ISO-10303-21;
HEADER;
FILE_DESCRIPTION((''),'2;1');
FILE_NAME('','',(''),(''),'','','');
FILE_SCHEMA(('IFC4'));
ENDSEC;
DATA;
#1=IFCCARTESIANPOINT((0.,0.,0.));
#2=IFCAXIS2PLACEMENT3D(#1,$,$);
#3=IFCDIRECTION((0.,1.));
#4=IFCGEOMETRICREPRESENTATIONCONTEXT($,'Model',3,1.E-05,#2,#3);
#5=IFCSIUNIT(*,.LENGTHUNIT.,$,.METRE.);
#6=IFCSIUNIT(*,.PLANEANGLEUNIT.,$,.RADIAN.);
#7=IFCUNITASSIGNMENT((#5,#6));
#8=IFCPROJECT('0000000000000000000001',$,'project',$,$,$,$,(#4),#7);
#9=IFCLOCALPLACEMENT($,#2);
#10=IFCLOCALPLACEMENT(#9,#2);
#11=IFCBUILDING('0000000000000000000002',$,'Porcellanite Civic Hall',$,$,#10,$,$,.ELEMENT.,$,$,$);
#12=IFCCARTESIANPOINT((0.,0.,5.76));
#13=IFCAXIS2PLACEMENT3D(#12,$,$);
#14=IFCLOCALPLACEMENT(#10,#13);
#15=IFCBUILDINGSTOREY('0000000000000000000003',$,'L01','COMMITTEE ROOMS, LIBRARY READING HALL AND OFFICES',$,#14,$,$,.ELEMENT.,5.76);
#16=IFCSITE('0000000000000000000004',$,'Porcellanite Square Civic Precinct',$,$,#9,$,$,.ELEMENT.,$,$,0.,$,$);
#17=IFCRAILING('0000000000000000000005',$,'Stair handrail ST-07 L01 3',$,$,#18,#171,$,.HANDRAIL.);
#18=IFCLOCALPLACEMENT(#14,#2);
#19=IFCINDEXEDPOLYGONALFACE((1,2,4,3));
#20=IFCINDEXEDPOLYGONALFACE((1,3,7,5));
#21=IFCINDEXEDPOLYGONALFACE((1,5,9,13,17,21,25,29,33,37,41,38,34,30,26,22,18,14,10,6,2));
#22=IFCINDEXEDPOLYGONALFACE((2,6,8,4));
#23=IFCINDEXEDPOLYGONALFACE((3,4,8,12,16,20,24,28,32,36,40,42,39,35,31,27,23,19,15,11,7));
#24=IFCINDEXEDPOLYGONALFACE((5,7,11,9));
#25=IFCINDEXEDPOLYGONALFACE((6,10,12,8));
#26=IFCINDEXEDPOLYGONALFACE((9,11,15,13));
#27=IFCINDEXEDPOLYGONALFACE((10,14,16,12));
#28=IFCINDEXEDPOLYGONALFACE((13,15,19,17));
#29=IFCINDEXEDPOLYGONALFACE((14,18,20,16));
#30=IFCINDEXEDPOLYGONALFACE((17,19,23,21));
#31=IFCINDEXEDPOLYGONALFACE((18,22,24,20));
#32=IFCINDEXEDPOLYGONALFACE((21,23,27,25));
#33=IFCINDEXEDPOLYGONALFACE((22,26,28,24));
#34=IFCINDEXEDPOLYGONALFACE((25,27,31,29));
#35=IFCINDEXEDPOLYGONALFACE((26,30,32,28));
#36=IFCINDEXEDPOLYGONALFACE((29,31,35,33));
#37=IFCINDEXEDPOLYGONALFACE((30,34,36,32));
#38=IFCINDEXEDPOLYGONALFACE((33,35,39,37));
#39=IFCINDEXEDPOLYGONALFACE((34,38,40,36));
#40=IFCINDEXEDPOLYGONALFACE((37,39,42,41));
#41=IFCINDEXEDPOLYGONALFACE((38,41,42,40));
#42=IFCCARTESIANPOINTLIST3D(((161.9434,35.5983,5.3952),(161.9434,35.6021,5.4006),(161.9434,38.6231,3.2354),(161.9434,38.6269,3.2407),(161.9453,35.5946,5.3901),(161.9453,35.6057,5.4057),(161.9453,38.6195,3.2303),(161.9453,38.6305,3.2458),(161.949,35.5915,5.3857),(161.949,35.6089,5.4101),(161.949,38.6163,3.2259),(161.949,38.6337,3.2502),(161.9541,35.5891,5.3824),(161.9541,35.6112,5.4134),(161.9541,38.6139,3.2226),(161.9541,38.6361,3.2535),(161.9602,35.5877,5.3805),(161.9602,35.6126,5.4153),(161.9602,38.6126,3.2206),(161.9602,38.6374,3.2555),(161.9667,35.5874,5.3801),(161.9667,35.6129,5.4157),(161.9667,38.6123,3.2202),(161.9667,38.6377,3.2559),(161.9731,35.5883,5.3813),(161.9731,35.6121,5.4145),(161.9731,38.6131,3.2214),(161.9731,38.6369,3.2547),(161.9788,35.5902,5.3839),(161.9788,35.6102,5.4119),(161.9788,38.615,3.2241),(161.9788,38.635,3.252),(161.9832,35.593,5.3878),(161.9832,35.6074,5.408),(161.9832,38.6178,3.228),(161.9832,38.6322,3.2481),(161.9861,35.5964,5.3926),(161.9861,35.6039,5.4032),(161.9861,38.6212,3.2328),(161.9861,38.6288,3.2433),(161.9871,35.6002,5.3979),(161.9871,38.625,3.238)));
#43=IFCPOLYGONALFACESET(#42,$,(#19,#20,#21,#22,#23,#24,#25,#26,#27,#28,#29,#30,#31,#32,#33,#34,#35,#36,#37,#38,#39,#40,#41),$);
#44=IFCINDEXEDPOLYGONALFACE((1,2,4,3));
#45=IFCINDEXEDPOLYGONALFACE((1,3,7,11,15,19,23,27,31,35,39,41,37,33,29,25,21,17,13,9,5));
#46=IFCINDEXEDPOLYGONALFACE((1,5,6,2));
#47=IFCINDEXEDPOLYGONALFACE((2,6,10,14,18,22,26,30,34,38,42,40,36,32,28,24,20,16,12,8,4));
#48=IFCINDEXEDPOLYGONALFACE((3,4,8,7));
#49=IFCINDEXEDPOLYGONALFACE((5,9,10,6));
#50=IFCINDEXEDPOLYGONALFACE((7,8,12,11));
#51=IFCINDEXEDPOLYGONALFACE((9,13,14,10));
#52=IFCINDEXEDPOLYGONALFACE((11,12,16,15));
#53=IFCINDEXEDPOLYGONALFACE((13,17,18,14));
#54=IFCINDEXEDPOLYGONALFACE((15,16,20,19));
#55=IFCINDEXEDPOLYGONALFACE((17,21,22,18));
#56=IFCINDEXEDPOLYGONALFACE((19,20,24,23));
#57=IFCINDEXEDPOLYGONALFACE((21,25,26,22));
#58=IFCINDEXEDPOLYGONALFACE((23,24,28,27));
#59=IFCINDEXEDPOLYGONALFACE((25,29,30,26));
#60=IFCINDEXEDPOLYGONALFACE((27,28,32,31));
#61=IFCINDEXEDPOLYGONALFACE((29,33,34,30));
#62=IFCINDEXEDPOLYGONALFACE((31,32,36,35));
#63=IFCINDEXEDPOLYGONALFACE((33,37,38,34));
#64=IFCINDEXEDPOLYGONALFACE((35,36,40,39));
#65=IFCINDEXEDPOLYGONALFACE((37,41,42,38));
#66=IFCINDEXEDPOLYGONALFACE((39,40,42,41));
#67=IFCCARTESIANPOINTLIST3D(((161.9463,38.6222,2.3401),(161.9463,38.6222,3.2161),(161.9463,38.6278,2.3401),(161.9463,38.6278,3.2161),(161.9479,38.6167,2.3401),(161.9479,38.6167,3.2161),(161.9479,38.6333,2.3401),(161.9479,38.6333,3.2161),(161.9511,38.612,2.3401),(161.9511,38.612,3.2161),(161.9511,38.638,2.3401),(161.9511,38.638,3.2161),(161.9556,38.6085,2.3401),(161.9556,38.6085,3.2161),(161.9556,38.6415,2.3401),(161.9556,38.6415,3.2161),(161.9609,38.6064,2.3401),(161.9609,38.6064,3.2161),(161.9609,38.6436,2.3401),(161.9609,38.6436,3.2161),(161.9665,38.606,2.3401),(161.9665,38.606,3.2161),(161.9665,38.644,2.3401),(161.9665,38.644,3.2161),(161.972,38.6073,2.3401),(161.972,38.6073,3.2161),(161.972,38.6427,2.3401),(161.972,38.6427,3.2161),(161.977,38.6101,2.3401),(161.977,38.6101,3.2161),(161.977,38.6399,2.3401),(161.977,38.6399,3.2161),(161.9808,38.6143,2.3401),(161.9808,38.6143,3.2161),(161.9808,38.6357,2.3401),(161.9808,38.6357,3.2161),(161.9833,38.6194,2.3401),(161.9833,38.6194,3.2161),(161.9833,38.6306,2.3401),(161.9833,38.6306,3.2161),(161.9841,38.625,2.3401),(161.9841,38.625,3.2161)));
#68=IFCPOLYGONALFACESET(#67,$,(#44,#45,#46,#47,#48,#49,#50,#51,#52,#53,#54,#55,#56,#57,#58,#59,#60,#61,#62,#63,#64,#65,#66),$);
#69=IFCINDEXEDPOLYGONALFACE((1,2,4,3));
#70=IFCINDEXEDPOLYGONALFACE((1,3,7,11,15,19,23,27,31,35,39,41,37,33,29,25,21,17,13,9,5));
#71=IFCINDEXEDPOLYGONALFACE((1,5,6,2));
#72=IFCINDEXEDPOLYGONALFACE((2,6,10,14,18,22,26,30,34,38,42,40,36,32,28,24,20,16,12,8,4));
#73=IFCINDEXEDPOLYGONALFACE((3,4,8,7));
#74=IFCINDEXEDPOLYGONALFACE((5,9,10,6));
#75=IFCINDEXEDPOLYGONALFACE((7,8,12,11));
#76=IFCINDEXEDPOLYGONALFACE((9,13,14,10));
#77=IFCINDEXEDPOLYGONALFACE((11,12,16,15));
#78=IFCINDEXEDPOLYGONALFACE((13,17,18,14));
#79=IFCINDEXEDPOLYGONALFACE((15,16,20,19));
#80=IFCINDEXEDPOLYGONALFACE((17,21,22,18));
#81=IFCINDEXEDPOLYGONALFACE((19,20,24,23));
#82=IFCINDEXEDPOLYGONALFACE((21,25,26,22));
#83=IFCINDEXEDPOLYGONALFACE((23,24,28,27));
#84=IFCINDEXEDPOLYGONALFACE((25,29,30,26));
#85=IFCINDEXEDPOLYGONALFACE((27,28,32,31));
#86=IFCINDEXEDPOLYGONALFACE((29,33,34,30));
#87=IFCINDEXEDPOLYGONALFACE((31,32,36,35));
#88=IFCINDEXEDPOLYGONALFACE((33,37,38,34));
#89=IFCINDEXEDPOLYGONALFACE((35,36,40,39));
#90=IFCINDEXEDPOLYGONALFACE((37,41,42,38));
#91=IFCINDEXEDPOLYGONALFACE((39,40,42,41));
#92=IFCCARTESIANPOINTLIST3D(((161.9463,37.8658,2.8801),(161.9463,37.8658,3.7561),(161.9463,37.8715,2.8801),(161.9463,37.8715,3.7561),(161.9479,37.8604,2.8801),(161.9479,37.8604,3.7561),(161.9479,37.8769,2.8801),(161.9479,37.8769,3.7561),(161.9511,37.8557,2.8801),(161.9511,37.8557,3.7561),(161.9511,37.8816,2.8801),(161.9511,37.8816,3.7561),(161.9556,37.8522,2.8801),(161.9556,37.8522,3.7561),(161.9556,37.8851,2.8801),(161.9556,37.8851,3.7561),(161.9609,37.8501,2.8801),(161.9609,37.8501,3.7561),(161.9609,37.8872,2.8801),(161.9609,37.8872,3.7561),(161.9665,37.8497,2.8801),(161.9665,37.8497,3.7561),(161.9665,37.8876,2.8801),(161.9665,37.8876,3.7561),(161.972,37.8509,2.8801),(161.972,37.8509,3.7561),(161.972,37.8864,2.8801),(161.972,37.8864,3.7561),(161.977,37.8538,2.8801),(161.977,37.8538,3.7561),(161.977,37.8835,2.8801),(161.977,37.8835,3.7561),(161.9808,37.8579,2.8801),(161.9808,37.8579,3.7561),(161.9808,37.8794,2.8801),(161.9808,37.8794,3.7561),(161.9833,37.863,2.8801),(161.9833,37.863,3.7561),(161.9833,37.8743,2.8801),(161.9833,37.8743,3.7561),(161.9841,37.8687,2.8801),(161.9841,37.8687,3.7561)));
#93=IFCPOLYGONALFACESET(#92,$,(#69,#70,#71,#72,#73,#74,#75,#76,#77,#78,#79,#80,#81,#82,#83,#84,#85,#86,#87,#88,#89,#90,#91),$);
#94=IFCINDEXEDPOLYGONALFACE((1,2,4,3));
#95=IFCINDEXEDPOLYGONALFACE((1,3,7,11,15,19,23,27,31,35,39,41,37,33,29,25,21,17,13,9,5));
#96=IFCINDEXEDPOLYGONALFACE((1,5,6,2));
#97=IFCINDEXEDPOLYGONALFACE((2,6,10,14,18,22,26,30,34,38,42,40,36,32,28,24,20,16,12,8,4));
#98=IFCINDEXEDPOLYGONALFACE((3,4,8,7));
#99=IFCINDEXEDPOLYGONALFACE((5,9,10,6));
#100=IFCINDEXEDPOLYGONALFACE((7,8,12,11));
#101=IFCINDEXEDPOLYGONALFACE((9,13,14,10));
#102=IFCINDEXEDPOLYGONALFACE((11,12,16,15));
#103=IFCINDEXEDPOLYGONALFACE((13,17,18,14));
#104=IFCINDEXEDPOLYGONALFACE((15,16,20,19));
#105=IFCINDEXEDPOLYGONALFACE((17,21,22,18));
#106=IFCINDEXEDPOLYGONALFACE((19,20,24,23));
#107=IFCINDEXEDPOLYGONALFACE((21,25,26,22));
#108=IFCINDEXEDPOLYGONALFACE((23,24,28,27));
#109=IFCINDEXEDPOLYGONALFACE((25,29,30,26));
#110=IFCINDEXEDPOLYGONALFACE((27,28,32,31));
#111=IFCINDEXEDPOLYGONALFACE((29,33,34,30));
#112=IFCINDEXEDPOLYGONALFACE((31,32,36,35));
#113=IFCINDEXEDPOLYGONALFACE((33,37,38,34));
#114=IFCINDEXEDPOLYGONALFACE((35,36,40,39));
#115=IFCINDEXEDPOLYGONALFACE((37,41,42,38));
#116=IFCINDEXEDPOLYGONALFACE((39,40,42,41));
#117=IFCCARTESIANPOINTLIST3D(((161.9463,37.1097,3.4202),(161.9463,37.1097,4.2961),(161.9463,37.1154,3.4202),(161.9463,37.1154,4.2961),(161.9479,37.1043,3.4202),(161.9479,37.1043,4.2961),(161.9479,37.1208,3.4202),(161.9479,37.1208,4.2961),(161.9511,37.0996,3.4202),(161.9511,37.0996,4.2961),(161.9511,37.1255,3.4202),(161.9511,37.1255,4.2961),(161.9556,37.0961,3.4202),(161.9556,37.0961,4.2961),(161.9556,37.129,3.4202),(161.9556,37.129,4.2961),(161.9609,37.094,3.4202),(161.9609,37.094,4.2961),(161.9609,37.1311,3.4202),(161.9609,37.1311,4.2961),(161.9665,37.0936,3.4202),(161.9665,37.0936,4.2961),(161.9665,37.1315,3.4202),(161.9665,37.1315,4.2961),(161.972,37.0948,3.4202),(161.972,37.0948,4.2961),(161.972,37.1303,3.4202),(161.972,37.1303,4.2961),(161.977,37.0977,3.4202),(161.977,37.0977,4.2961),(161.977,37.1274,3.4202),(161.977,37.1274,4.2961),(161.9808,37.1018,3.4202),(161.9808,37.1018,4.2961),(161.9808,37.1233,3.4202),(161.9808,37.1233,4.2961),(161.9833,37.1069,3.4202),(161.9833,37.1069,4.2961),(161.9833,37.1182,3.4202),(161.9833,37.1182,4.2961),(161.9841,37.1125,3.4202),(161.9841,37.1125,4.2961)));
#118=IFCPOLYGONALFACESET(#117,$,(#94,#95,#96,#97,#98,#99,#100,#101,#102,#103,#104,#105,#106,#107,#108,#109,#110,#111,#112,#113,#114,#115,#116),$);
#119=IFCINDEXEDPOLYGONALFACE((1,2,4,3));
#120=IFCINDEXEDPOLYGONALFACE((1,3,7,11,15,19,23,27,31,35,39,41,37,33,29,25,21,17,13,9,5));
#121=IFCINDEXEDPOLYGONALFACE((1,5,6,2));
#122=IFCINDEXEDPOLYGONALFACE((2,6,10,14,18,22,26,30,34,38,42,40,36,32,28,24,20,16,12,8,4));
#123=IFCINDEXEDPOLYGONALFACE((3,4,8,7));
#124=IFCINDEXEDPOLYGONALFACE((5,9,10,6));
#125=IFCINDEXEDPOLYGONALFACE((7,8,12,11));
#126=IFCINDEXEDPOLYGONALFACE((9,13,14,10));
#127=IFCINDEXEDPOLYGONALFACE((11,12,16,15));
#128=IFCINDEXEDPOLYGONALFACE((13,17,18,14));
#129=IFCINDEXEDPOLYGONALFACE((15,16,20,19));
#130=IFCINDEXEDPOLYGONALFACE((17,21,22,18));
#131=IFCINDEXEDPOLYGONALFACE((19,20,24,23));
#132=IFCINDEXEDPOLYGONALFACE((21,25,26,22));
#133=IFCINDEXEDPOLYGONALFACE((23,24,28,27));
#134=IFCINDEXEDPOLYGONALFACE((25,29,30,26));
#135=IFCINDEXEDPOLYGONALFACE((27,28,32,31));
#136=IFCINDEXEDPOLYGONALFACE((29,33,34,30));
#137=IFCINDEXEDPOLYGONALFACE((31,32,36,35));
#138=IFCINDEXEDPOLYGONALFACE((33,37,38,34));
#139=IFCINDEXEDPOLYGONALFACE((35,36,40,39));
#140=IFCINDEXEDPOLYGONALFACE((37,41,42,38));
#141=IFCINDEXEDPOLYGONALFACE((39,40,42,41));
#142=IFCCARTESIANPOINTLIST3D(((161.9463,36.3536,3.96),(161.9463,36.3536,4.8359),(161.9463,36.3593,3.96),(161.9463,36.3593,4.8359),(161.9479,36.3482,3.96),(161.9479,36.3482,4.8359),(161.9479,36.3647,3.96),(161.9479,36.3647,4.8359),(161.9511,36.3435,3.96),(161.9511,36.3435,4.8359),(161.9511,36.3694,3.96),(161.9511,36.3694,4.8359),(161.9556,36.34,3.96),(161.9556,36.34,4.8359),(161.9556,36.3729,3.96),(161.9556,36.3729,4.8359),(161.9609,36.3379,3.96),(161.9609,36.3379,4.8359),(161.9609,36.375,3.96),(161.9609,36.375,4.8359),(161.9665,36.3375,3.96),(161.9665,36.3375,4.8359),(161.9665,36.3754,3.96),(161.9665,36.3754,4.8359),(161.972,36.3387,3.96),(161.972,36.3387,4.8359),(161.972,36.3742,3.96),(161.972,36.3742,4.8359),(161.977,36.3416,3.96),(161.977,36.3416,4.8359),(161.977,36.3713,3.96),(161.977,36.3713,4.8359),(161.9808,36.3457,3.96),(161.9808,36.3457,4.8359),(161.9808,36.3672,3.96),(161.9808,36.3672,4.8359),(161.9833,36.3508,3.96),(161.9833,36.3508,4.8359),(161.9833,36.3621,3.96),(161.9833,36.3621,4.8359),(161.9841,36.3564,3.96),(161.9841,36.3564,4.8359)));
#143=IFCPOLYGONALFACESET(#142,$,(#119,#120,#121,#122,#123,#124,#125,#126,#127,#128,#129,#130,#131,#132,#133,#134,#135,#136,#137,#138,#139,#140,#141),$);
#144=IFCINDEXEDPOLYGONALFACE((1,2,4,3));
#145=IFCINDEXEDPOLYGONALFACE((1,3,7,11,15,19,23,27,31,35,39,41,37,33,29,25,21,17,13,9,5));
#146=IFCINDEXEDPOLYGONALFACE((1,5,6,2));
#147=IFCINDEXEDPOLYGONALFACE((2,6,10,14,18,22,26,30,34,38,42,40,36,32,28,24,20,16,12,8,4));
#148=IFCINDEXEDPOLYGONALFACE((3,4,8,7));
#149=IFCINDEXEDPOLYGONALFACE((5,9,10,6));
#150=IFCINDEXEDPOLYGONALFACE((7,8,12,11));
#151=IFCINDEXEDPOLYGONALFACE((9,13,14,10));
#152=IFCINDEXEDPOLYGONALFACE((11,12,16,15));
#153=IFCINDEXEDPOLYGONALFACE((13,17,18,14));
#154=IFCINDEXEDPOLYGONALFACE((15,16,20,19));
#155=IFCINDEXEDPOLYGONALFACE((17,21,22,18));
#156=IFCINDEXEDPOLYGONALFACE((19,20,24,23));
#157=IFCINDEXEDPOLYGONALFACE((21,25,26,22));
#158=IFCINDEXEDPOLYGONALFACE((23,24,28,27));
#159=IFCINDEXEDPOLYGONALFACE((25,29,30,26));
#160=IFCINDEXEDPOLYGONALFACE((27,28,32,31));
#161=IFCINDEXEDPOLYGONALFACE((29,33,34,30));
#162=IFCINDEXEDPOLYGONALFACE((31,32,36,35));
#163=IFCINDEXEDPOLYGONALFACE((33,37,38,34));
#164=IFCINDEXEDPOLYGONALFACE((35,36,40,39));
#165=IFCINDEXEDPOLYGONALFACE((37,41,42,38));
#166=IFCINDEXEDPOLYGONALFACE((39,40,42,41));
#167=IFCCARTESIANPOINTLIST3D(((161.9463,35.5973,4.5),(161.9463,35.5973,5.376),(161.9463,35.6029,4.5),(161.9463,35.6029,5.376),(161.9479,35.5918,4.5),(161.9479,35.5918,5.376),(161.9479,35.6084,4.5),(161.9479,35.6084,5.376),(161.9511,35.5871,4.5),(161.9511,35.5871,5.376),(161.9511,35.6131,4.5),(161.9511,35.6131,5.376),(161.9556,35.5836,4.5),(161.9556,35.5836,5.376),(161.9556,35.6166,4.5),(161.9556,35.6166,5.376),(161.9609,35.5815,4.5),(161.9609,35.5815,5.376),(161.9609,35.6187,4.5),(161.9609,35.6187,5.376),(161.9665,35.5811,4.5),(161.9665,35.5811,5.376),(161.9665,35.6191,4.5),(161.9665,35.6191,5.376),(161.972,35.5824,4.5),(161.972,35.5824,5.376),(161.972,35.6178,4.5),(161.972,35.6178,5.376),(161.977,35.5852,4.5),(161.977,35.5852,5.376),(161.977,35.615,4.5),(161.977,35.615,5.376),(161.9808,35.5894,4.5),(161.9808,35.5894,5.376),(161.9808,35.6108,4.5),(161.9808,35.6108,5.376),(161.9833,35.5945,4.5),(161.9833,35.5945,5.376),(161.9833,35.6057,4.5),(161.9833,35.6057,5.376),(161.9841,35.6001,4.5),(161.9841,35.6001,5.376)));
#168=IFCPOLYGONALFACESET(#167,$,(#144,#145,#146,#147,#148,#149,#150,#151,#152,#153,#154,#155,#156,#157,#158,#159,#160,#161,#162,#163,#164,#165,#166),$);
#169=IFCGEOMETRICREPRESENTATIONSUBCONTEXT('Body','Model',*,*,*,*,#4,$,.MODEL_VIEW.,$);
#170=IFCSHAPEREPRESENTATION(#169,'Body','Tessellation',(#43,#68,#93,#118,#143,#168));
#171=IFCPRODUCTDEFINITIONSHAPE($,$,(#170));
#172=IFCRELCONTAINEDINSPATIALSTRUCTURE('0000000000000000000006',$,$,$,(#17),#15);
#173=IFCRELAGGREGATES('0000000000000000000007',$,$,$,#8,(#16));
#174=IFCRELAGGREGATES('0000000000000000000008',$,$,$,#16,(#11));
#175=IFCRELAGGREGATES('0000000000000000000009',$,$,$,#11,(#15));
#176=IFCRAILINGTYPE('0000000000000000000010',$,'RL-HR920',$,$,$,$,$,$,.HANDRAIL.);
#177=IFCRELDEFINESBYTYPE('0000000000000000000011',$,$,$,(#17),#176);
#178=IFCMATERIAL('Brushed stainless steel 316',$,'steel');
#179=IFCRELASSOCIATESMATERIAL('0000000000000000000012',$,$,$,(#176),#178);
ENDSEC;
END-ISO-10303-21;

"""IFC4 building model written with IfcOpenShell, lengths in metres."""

from ifc_helpers import new_model, si_unit, direction, frame, origin, origin_2d, place, context, subcontext, project, spatial, circle, extrude, material, type_object, element, save


model = new_model("IFC4")

# Units and contexts
model_context = context("Model", 3, precision=1e-05, world=origin(), true_north=direction((0.0, 1.0)))
body_context = subcontext(model_context, "Body", "Model", "MODEL_VIEW")
ifc_project = project(units=[si_unit("LENGTHUNIT", "METRE"), si_unit("PLANEANGLEUNIT", "RADIAN")], contexts=[model_context])

# Site, building, storey
site_placement = place(None, origin())
site = spatial("IfcSite", under=ifc_project, at=site_placement, Name="Porcellanite Square Civic Precinct", CompositionType="ELEMENT", RefElevation=0.0)
building_placement = place(site_placement, origin())
building = spatial("IfcBuilding", under=site, at=building_placement, Name="Porcellanite Civic Hall", CompositionType="ELEMENT")
storey_placement = place(building_placement, frame((0.0, 0.0, 5.76)))
storey = spatial("IfcBuildingStorey", under=building, at=storey_placement, Name="L01", Description="COMMITTEE ROOMS, LIBRARY READING HALL AND OFFICES", CompositionType="ELEMENT", Elevation=5.76)

# Railing
ifc_material_1 = material(Name="Brushed stainless steel 316", Category="steel")
railing_type_1 = type_object("IfcRailingType", Name="RL-HR920", PredefinedType="HANDRAIL", material=ifc_material_1)
railing_1_placement = place(storey_placement, frame((161.9651, 38.625, 2.3401)))
element("IfcRailing", 1, at=railing_1_placement, inside=storey, type_object=railing_type_1, Name="Stair handrail ST-07 L01 3", PredefinedType="HANDRAIL", context=body_context, shape_type="SweptSolid", body=[
    extrude(circle(Radius=0.022, at=origin_2d()), frame((0.0, 0.0, 0.8979), z_axis=(0.0, -0.813827, 0.581108), x_axis=(1.0, 0.0, 0.0)), (0.0, 0.0, 1.0), 3.7168),
    extrude(circle(Radius=0.019, at=origin_2d()), origin(), (0.0, 0.0, 1.0), 0.876),
    extrude(circle(Radius=0.019, at=origin_2d()), frame((0.0, -0.7563, 0.54)), (0.0, 0.0, 1.0), 0.876),
    extrude(circle(Radius=0.019, at=origin_2d()), frame((0.0, -1.5125, 1.0801)), (0.0, 0.0, 1.0), 0.876),
    extrude(circle(Radius=0.019, at=origin_2d()), frame((0.0, -2.2686, 1.6199)), (0.0, 0.0, 1.0), 0.876),
    extrude(circle(Radius=0.019, at=origin_2d()), frame((0.0, -3.0249, 2.1599)), (0.0, 0.0, 1.0), 0.876),
])

save(model, "model.ifc")
